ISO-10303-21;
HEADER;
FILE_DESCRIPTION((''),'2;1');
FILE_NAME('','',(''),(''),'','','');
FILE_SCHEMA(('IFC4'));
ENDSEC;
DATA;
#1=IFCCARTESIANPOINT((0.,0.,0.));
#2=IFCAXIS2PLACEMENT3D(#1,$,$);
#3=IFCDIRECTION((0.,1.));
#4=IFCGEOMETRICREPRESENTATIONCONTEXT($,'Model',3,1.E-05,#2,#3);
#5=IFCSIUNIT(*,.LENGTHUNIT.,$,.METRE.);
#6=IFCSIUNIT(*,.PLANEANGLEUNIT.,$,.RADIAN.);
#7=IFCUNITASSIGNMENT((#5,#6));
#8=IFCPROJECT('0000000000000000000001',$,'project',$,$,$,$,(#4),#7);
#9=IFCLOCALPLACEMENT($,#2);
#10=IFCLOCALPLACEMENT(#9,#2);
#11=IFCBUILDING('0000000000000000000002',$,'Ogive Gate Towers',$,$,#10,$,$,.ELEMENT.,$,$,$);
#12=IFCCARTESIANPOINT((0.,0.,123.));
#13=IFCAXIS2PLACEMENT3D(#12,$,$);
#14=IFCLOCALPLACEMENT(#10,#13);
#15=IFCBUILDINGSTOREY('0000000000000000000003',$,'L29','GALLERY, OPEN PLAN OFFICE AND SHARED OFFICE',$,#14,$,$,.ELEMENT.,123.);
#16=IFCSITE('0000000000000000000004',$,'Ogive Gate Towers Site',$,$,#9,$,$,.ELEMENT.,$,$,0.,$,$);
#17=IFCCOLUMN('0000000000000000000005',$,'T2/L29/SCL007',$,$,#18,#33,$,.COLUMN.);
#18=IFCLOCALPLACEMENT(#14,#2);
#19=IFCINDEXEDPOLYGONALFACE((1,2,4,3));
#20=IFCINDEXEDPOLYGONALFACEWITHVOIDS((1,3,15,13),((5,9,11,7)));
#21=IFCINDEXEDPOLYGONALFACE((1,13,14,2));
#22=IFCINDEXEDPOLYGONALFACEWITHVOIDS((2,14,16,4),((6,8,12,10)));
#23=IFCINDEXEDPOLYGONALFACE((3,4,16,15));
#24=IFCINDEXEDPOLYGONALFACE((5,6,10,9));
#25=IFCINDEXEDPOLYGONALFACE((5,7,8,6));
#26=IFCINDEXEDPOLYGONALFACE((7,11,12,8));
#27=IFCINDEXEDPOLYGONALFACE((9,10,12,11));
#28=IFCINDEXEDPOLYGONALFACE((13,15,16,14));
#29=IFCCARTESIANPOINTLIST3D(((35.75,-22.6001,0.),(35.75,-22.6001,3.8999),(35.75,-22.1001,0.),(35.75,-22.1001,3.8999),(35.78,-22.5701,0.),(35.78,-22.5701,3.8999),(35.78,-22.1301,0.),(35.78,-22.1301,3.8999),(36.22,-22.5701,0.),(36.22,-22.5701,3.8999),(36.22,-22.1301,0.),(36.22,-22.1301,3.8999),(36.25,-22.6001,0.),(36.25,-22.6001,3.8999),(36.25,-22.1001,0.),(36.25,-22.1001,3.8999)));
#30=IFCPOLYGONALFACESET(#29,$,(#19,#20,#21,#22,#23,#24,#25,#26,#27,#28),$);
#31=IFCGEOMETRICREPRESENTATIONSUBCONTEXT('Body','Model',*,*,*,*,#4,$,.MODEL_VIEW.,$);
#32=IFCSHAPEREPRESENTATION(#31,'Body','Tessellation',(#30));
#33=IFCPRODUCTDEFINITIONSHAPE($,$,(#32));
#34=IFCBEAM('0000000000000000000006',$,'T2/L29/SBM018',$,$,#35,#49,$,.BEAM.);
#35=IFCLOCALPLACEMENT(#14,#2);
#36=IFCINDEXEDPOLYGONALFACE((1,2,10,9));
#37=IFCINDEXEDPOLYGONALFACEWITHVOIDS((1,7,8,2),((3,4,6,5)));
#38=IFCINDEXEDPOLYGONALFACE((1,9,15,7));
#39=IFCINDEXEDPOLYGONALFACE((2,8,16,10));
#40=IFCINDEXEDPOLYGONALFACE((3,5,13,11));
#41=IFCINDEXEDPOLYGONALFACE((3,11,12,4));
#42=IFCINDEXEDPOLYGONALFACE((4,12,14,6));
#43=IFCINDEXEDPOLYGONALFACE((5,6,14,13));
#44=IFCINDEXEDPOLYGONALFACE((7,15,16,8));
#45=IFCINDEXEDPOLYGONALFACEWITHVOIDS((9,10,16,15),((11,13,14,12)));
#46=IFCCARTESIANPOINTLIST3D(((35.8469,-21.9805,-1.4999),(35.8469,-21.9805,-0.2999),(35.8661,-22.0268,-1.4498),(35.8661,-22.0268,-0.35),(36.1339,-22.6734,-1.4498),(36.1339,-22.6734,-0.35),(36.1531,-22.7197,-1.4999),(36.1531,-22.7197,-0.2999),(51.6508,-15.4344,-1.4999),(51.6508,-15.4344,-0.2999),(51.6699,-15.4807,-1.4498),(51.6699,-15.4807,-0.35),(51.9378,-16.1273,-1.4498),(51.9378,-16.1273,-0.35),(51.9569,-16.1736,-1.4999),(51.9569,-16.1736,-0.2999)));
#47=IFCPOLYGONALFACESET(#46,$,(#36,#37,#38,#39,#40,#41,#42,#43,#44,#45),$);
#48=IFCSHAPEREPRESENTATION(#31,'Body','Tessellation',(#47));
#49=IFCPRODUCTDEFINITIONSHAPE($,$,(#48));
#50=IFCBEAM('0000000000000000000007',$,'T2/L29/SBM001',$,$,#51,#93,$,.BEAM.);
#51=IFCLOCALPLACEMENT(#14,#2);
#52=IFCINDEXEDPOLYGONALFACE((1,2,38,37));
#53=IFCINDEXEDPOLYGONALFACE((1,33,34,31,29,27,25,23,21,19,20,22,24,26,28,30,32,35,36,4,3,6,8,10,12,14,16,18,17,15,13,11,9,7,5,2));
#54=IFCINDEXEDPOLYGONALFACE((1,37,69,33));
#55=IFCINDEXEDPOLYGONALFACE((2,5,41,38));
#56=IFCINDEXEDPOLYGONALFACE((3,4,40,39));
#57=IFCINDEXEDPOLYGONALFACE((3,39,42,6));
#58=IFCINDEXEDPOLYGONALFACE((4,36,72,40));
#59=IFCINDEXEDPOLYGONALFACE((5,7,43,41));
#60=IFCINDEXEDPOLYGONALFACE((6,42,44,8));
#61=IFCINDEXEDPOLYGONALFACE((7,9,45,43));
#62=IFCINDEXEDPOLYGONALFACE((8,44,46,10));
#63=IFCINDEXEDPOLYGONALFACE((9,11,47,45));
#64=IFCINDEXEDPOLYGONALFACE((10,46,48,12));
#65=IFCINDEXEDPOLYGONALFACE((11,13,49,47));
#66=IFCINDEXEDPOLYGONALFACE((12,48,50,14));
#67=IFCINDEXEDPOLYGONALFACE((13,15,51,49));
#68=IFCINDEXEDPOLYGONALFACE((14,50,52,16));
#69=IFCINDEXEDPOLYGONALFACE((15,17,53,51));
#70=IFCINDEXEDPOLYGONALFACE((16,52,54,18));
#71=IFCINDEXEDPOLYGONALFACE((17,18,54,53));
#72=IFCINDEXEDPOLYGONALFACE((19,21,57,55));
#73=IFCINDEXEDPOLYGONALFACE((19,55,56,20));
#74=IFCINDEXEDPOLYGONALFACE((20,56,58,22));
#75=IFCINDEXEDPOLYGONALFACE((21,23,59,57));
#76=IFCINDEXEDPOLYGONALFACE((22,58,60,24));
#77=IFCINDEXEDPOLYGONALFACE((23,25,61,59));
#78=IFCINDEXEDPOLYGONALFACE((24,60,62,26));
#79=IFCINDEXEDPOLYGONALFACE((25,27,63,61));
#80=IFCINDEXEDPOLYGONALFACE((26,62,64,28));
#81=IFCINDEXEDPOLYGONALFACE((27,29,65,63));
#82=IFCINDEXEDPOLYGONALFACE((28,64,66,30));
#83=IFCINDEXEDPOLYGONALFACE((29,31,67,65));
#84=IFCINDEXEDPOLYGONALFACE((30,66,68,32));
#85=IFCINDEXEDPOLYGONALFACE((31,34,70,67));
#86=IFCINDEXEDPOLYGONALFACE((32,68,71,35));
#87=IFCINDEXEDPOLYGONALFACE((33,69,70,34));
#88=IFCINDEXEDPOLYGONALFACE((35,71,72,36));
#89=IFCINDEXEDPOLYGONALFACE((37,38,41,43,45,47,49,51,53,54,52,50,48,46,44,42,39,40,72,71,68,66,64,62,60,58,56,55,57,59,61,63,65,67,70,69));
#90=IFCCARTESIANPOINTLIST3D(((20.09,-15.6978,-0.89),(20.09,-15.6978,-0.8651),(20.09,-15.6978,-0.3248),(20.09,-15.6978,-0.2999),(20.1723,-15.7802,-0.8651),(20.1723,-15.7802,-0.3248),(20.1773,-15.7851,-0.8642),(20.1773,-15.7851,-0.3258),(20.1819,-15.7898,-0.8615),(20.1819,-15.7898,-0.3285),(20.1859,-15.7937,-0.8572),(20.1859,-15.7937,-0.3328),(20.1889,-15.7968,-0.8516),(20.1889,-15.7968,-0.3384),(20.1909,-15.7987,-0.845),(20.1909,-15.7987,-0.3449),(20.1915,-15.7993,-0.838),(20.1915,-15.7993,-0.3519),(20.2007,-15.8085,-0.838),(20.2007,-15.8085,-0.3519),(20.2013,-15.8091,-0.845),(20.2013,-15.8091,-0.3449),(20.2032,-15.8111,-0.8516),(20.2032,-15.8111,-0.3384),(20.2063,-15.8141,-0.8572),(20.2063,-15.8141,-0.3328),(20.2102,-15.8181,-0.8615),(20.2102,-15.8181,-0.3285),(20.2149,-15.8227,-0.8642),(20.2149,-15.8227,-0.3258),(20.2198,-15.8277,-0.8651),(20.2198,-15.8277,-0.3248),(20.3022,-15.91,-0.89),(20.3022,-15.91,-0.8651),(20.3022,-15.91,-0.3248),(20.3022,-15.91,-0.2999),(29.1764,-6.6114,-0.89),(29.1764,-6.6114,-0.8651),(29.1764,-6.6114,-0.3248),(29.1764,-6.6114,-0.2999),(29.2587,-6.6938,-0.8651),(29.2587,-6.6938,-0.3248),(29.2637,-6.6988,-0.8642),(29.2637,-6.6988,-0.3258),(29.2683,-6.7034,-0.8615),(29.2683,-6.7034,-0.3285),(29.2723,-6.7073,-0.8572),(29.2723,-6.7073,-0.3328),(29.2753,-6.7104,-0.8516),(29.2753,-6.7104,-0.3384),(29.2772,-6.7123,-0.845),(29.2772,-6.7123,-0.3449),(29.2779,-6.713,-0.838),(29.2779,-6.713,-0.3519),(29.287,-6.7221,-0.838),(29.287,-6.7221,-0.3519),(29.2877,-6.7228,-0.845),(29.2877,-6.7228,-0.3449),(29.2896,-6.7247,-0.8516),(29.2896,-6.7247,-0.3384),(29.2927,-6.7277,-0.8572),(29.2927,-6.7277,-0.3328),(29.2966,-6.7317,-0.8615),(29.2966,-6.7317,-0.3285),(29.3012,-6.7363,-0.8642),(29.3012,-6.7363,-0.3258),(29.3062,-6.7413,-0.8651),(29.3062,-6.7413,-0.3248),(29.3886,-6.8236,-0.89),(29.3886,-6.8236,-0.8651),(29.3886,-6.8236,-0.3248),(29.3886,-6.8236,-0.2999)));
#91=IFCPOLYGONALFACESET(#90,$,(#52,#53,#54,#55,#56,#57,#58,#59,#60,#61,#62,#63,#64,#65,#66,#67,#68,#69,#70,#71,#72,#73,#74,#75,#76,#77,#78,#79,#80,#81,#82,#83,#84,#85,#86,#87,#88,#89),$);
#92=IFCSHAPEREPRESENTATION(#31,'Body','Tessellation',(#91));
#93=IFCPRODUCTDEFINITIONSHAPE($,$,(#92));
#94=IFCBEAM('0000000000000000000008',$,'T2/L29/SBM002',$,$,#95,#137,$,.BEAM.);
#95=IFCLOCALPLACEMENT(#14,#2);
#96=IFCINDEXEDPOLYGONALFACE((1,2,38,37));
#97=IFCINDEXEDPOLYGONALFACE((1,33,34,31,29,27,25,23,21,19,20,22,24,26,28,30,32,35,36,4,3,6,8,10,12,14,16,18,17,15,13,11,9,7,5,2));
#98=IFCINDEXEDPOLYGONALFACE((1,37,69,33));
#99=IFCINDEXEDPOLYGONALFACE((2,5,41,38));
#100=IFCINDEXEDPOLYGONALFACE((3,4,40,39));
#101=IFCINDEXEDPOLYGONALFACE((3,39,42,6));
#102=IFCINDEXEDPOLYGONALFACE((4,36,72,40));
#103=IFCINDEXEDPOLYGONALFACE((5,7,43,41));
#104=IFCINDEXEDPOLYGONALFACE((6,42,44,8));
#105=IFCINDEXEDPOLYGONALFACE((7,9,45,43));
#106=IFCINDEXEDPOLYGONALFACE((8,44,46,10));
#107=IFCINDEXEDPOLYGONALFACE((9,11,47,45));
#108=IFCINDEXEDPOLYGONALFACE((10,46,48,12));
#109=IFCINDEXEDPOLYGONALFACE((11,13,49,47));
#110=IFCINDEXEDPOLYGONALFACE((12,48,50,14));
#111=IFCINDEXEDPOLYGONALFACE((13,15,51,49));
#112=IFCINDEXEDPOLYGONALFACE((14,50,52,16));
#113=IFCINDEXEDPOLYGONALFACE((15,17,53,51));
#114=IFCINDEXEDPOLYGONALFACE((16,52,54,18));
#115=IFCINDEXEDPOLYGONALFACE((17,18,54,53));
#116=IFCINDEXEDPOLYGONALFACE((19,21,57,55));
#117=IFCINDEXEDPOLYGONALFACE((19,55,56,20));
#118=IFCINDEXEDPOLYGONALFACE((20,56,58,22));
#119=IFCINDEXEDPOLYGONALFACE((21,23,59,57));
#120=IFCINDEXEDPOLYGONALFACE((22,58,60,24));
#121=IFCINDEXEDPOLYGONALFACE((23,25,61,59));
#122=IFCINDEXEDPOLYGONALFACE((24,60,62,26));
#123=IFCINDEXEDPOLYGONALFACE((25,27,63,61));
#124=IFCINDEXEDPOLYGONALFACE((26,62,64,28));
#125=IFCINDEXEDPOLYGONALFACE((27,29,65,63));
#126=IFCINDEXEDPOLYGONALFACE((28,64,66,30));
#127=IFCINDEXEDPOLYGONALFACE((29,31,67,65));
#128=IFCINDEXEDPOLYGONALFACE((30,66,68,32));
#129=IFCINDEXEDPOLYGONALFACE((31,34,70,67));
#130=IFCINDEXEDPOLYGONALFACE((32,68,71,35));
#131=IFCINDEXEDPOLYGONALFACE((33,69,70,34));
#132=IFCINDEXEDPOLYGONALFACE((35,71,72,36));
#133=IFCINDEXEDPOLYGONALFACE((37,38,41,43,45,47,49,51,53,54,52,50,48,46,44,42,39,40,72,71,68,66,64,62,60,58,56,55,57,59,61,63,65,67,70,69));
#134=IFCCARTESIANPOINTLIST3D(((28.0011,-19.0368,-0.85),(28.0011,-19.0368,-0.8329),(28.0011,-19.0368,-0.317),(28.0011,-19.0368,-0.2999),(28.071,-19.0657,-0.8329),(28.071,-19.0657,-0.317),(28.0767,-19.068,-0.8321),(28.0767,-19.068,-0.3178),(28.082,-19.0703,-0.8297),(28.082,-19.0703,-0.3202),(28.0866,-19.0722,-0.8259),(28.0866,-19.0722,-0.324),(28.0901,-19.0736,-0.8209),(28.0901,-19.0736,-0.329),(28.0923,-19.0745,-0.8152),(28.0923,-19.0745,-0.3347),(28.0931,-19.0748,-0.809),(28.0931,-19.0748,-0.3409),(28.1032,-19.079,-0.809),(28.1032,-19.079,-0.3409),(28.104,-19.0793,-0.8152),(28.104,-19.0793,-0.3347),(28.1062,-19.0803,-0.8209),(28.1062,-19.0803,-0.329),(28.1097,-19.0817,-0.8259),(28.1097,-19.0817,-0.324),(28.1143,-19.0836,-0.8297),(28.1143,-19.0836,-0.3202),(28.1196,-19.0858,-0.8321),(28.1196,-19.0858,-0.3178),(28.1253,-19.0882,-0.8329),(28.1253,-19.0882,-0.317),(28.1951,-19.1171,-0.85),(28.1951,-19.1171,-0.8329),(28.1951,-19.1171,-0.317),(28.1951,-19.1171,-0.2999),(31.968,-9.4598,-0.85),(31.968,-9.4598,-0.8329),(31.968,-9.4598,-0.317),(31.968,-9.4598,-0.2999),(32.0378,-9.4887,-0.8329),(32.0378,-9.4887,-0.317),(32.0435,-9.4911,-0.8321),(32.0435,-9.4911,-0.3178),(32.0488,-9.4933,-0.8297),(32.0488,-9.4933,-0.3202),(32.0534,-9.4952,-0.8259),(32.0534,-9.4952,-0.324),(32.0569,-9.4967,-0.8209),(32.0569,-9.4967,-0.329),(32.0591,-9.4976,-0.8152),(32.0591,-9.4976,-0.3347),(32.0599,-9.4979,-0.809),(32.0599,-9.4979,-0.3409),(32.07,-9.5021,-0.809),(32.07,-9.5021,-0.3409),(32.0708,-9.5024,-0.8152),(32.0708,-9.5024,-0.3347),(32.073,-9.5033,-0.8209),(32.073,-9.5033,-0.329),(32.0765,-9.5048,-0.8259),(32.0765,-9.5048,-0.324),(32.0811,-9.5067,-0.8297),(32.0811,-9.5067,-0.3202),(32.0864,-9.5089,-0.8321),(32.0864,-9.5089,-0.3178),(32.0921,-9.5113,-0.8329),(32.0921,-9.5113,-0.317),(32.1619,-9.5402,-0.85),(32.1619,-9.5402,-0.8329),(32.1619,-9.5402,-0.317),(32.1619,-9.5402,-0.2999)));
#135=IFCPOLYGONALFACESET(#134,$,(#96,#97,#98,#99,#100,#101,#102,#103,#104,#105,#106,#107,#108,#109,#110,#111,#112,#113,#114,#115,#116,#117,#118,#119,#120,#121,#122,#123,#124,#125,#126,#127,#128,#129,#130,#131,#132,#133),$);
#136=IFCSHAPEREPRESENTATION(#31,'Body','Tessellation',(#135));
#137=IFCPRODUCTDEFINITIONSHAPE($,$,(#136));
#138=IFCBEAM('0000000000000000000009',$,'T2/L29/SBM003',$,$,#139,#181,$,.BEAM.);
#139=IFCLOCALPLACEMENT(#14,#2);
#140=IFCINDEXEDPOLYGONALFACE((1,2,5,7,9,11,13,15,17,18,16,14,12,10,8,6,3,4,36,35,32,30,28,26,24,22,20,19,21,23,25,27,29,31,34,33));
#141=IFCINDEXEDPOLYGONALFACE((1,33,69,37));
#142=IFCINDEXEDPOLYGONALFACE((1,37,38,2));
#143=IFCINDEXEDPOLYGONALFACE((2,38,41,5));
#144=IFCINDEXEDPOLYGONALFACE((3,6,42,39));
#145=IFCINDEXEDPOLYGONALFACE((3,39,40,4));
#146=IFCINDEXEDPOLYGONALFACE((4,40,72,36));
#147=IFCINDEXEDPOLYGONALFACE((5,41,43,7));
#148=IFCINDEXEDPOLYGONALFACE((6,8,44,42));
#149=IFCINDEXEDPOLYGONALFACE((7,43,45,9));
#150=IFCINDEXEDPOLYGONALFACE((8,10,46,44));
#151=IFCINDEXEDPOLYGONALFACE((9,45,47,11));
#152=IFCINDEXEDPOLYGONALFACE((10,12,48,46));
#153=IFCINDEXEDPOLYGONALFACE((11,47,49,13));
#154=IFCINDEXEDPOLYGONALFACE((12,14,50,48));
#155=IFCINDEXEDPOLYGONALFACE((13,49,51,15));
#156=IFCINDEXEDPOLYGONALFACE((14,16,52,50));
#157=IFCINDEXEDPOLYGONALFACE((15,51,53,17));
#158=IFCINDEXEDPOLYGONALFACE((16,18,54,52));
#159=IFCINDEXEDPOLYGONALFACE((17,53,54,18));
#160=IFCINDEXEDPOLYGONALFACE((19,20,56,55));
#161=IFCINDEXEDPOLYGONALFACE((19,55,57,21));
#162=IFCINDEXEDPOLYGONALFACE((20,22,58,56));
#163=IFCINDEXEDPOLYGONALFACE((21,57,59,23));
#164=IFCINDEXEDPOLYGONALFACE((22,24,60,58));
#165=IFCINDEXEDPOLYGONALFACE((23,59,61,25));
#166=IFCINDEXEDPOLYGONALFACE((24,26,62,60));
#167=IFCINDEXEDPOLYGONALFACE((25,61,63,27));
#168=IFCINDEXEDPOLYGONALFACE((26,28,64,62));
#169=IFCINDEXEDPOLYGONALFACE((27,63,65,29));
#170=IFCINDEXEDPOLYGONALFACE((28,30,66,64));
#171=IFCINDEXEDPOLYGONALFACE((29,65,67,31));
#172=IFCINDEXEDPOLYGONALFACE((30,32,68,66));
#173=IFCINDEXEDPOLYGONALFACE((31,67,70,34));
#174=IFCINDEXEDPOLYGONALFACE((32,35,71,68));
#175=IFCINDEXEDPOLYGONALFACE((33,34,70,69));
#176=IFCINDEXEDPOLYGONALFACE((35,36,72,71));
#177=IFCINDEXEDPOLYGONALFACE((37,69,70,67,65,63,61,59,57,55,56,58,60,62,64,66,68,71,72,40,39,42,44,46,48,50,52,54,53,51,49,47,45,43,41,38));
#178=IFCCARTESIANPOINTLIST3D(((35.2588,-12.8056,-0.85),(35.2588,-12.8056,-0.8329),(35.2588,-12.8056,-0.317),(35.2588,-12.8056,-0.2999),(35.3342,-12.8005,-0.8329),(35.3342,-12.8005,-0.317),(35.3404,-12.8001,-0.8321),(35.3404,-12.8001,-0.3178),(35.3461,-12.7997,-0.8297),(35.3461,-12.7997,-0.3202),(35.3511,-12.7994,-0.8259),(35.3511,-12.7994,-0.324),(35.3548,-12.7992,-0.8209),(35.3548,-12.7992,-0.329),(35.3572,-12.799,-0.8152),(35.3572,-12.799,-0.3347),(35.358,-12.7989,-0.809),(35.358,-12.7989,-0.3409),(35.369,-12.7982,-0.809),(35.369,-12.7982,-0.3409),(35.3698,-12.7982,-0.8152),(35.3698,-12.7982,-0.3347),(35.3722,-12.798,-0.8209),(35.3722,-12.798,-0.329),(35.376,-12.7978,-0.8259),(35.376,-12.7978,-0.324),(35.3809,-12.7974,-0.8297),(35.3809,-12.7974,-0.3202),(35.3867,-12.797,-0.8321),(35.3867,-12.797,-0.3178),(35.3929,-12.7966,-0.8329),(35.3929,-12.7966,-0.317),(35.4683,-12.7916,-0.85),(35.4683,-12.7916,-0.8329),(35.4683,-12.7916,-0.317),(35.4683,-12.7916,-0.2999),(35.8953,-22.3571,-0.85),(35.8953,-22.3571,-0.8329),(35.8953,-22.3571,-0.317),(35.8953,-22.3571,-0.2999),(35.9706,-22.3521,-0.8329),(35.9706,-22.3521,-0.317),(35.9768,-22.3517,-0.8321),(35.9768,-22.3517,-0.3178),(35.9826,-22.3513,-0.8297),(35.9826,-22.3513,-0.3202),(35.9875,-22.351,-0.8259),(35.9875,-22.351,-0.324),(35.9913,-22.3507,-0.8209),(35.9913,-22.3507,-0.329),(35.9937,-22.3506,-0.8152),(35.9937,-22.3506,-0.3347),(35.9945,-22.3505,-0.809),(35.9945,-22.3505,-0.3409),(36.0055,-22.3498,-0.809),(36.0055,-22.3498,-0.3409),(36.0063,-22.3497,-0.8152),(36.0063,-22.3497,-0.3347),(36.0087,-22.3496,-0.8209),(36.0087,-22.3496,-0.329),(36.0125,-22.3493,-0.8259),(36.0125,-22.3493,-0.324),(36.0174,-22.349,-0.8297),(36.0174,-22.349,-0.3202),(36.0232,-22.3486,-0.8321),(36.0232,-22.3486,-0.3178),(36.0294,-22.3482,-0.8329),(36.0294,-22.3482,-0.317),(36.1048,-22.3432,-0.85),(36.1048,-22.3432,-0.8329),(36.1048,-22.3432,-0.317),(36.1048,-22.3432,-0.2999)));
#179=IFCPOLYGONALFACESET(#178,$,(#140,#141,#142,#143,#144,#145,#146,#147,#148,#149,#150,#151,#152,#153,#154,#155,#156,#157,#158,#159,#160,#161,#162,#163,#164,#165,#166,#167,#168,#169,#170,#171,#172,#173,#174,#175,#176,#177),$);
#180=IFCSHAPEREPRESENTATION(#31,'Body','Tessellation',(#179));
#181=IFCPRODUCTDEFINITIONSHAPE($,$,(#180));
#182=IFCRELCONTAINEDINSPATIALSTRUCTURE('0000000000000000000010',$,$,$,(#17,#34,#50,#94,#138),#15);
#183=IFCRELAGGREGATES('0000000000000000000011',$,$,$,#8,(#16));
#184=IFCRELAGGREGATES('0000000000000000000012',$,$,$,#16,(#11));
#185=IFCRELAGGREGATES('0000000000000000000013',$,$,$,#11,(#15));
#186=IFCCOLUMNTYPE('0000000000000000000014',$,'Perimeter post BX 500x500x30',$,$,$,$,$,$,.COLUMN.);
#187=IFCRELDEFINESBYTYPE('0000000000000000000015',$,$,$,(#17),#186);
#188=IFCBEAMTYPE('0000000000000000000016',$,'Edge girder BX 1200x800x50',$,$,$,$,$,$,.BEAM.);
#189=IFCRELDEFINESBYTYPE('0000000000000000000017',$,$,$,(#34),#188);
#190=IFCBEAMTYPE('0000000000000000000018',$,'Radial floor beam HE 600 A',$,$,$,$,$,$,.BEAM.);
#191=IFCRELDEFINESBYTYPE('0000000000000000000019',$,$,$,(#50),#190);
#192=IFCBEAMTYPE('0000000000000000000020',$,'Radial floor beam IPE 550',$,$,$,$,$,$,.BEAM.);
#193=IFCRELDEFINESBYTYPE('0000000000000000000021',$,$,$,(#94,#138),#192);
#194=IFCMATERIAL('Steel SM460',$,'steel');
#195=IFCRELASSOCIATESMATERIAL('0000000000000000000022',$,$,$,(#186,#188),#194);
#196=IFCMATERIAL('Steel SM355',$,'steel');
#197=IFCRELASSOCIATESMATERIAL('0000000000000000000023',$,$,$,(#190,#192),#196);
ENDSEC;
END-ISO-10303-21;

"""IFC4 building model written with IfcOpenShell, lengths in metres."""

from ifc_helpers import new_model, si_unit, direction, frame, origin, origin_2d, place, context, subcontext, project, spatial, hollow_rectangle, i_section, extrude, material, material_profile, profile_set, type_object, element, save


model = new_model("IFC4")

# Units and contexts
model_context = context("Model", 3, precision=1e-05, world=origin(), true_north=direction((0.0, 1.0)))
body_context = subcontext(model_context, "Body", "Model", "MODEL_VIEW")
ifc_project = project(units=[si_unit("LENGTHUNIT", "METRE"), si_unit("PLANEANGLEUNIT", "RADIAN")], contexts=[model_context])

# Site, building, storey
site_placement = place(None, origin())
site = spatial("IfcSite", under=ifc_project, at=site_placement, Name="Ogive Gate Towers Site", CompositionType="ELEMENT", RefElevation=0.0)
building_placement = place(site_placement, origin())
building = spatial("IfcBuilding", under=site, at=building_placement, Name="Ogive Gate Towers", CompositionType="ELEMENT")
storey_placement = place(building_placement, frame((0.0, 0.0, 123.0)))
storey = spatial("IfcBuildingStorey", under=building, at=storey_placement, Name="L29", Description="GALLERY, OPEN PLAN OFFICE AND SHARED OFFICE", CompositionType="ELEMENT", Elevation=123.0)

# Column
ifc_material_1 = material(Name="Steel SM460", Category="steel")
ifc_material_profile_1 = material_profile(ifc_material_1, hollow_rectangle(XDim=0.5, YDim=0.5, WallThickness=0.03, at=origin_2d()), Name="BX 500x500x30")
ifc_profile_set_1 = profile_set([ifc_material_profile_1], Name="Steel SM460")
column_type = type_object("IfcColumnType", Name="Perimeter post BX 500x500x30", PredefinedType="COLUMN", material=ifc_profile_set_1)
column_placement = place(storey_placement, frame((36.0, -22.3501, 0.0), z_axis=(0.0, 0.0, 1.0), x_axis=(1.0, 0.0, 0.0)))
element("IfcColumn", 1, at=column_placement, inside=storey, type_object=column_type, Name="T2/L29/SCL007", PredefinedType="COLUMN", context=body_context, shape_type="SweptSolid", body=[
    extrude(hollow_rectangle(XDim=0.5, YDim=0.5, WallThickness=0.03, at=origin_2d()), origin(), (0.0, 0.0, 1.0), 3.8999),
])

# Beams
ifc_material_profile_2 = material_profile(ifc_material_1, hollow_rectangle(XDim=0.8, YDim=1.2, WallThickness=0.05, at=origin_2d()), Name="BX 1200x800x50")
ifc_profile_set_2 = profile_set([ifc_material_profile_2], Name="Steel SM460")
beam_type_1 = type_object("IfcBeamType", Name="Edge girder BX 1200x800x50", PredefinedType="BEAM", material=ifc_profile_set_2)
beam_1_placement = place(storey_placement, frame((36.0, -22.3501, -0.8999), z_axis=(0.923881, 0.38268, 0.0), x_axis=(-0.38268, 0.923881, 0.0)))
element("IfcBeam", 2, at=beam_1_placement, inside=storey, type_object=beam_type_1, Name="T2/L29/SBM018", PredefinedType="BEAM", context=body_context, shape_type="SweptSolid", body=[
    extrude(hollow_rectangle(XDim=0.8, YDim=1.2, WallThickness=0.05, at=origin_2d()), origin(), (0.0, 0.0, 1.0), 17.106),
])
ifc_material_2 = material(Name="Steel SM355", Category="steel")
ifc_material_profile_3 = material_profile(ifc_material_2, i_section(OverallWidth=0.3, OverallDepth=0.5901, WebThickness=0.0129, FlangeThickness=0.0249, FilletRadius=0.0271, at=origin_2d()), Name="HE 600 A")
ifc_profile_set_3 = profile_set([ifc_material_profile_3], Name="Steel SM355")
beam_type_2 = type_object("IfcBeamType", Name="Radial floor beam HE 600 A", PredefinedType="BEAM", material=ifc_profile_set_3)
beam_2_placement = place(storey_placement, frame((29.2825, -6.7175, -0.595), z_axis=(-0.707107, -0.707107, 0.0), x_axis=(0.707107, -0.707107, 0.0)))
element("IfcBeam", 3, at=beam_2_placement, inside=storey, type_object=beam_type_2, Name="T2/L29/SBM001", PredefinedType="BEAM", context=body_context, shape_type="SweptSolid", body=[
    extrude(i_section(OverallWidth=0.3, OverallDepth=0.5901, WebThickness=0.0129, FlangeThickness=0.0249, FilletRadius=0.0271, at=origin_2d()), origin(), (0.0, 0.0, 1.0), 12.8501),
])
ifc_material_profile_4 = material_profile(ifc_material_2, i_section(OverallWidth=0.21, OverallDepth=0.55, WebThickness=0.011, FlangeThickness=0.0171, FilletRadius=0.0239, at=origin_2d()), Name="IPE 550")
ifc_profile_set_4 = profile_set([ifc_material_profile_4], Name="Steel SM355")
beam_type_3 = type_object("IfcBeamType", Name="Radial floor beam IPE 550", PredefinedType="BEAM", material=ifc_profile_set_4)
beam_3_placement = place(storey_placement, frame((32.0649, -9.5, -0.575), z_axis=(-0.382676, -0.923882, 0.0), x_axis=(0.923882, -0.382676, 0.0)))
element("IfcBeam", 4, at=beam_3_placement, inside=storey, type_object=beam_type_3, Name="T2/L29/SBM002", PredefinedType="BEAM", context=body_context, shape_type="SweptSolid", body=[
    extrude(i_section(OverallWidth=0.21, OverallDepth=0.55, WebThickness=0.011, FlangeThickness=0.0171, FilletRadius=0.0239, at=origin_2d()), origin(), (0.0, 0.0, 1.0), 10.366),
])
beam_4_placement = place(storey_placement, frame((35.3635, -12.7986, -0.575), z_axis=(0.066489, -0.997787, 0.0), x_axis=(0.997787, 0.066489, 0.0)))
element("IfcBeam", 5, at=beam_4_placement, inside=storey, type_object=beam_type_3, Name="T2/L29/SBM003", PredefinedType="BEAM", context=body_context, shape_type="SweptSolid", body=[
    extrude(i_section(OverallWidth=0.21, OverallDepth=0.55, WebThickness=0.011, FlangeThickness=0.0171, FilletRadius=0.0239, at=origin_2d()), origin(), (0.0, 0.0, 1.0), 9.5728),
])

save(model, "model.ifc")
